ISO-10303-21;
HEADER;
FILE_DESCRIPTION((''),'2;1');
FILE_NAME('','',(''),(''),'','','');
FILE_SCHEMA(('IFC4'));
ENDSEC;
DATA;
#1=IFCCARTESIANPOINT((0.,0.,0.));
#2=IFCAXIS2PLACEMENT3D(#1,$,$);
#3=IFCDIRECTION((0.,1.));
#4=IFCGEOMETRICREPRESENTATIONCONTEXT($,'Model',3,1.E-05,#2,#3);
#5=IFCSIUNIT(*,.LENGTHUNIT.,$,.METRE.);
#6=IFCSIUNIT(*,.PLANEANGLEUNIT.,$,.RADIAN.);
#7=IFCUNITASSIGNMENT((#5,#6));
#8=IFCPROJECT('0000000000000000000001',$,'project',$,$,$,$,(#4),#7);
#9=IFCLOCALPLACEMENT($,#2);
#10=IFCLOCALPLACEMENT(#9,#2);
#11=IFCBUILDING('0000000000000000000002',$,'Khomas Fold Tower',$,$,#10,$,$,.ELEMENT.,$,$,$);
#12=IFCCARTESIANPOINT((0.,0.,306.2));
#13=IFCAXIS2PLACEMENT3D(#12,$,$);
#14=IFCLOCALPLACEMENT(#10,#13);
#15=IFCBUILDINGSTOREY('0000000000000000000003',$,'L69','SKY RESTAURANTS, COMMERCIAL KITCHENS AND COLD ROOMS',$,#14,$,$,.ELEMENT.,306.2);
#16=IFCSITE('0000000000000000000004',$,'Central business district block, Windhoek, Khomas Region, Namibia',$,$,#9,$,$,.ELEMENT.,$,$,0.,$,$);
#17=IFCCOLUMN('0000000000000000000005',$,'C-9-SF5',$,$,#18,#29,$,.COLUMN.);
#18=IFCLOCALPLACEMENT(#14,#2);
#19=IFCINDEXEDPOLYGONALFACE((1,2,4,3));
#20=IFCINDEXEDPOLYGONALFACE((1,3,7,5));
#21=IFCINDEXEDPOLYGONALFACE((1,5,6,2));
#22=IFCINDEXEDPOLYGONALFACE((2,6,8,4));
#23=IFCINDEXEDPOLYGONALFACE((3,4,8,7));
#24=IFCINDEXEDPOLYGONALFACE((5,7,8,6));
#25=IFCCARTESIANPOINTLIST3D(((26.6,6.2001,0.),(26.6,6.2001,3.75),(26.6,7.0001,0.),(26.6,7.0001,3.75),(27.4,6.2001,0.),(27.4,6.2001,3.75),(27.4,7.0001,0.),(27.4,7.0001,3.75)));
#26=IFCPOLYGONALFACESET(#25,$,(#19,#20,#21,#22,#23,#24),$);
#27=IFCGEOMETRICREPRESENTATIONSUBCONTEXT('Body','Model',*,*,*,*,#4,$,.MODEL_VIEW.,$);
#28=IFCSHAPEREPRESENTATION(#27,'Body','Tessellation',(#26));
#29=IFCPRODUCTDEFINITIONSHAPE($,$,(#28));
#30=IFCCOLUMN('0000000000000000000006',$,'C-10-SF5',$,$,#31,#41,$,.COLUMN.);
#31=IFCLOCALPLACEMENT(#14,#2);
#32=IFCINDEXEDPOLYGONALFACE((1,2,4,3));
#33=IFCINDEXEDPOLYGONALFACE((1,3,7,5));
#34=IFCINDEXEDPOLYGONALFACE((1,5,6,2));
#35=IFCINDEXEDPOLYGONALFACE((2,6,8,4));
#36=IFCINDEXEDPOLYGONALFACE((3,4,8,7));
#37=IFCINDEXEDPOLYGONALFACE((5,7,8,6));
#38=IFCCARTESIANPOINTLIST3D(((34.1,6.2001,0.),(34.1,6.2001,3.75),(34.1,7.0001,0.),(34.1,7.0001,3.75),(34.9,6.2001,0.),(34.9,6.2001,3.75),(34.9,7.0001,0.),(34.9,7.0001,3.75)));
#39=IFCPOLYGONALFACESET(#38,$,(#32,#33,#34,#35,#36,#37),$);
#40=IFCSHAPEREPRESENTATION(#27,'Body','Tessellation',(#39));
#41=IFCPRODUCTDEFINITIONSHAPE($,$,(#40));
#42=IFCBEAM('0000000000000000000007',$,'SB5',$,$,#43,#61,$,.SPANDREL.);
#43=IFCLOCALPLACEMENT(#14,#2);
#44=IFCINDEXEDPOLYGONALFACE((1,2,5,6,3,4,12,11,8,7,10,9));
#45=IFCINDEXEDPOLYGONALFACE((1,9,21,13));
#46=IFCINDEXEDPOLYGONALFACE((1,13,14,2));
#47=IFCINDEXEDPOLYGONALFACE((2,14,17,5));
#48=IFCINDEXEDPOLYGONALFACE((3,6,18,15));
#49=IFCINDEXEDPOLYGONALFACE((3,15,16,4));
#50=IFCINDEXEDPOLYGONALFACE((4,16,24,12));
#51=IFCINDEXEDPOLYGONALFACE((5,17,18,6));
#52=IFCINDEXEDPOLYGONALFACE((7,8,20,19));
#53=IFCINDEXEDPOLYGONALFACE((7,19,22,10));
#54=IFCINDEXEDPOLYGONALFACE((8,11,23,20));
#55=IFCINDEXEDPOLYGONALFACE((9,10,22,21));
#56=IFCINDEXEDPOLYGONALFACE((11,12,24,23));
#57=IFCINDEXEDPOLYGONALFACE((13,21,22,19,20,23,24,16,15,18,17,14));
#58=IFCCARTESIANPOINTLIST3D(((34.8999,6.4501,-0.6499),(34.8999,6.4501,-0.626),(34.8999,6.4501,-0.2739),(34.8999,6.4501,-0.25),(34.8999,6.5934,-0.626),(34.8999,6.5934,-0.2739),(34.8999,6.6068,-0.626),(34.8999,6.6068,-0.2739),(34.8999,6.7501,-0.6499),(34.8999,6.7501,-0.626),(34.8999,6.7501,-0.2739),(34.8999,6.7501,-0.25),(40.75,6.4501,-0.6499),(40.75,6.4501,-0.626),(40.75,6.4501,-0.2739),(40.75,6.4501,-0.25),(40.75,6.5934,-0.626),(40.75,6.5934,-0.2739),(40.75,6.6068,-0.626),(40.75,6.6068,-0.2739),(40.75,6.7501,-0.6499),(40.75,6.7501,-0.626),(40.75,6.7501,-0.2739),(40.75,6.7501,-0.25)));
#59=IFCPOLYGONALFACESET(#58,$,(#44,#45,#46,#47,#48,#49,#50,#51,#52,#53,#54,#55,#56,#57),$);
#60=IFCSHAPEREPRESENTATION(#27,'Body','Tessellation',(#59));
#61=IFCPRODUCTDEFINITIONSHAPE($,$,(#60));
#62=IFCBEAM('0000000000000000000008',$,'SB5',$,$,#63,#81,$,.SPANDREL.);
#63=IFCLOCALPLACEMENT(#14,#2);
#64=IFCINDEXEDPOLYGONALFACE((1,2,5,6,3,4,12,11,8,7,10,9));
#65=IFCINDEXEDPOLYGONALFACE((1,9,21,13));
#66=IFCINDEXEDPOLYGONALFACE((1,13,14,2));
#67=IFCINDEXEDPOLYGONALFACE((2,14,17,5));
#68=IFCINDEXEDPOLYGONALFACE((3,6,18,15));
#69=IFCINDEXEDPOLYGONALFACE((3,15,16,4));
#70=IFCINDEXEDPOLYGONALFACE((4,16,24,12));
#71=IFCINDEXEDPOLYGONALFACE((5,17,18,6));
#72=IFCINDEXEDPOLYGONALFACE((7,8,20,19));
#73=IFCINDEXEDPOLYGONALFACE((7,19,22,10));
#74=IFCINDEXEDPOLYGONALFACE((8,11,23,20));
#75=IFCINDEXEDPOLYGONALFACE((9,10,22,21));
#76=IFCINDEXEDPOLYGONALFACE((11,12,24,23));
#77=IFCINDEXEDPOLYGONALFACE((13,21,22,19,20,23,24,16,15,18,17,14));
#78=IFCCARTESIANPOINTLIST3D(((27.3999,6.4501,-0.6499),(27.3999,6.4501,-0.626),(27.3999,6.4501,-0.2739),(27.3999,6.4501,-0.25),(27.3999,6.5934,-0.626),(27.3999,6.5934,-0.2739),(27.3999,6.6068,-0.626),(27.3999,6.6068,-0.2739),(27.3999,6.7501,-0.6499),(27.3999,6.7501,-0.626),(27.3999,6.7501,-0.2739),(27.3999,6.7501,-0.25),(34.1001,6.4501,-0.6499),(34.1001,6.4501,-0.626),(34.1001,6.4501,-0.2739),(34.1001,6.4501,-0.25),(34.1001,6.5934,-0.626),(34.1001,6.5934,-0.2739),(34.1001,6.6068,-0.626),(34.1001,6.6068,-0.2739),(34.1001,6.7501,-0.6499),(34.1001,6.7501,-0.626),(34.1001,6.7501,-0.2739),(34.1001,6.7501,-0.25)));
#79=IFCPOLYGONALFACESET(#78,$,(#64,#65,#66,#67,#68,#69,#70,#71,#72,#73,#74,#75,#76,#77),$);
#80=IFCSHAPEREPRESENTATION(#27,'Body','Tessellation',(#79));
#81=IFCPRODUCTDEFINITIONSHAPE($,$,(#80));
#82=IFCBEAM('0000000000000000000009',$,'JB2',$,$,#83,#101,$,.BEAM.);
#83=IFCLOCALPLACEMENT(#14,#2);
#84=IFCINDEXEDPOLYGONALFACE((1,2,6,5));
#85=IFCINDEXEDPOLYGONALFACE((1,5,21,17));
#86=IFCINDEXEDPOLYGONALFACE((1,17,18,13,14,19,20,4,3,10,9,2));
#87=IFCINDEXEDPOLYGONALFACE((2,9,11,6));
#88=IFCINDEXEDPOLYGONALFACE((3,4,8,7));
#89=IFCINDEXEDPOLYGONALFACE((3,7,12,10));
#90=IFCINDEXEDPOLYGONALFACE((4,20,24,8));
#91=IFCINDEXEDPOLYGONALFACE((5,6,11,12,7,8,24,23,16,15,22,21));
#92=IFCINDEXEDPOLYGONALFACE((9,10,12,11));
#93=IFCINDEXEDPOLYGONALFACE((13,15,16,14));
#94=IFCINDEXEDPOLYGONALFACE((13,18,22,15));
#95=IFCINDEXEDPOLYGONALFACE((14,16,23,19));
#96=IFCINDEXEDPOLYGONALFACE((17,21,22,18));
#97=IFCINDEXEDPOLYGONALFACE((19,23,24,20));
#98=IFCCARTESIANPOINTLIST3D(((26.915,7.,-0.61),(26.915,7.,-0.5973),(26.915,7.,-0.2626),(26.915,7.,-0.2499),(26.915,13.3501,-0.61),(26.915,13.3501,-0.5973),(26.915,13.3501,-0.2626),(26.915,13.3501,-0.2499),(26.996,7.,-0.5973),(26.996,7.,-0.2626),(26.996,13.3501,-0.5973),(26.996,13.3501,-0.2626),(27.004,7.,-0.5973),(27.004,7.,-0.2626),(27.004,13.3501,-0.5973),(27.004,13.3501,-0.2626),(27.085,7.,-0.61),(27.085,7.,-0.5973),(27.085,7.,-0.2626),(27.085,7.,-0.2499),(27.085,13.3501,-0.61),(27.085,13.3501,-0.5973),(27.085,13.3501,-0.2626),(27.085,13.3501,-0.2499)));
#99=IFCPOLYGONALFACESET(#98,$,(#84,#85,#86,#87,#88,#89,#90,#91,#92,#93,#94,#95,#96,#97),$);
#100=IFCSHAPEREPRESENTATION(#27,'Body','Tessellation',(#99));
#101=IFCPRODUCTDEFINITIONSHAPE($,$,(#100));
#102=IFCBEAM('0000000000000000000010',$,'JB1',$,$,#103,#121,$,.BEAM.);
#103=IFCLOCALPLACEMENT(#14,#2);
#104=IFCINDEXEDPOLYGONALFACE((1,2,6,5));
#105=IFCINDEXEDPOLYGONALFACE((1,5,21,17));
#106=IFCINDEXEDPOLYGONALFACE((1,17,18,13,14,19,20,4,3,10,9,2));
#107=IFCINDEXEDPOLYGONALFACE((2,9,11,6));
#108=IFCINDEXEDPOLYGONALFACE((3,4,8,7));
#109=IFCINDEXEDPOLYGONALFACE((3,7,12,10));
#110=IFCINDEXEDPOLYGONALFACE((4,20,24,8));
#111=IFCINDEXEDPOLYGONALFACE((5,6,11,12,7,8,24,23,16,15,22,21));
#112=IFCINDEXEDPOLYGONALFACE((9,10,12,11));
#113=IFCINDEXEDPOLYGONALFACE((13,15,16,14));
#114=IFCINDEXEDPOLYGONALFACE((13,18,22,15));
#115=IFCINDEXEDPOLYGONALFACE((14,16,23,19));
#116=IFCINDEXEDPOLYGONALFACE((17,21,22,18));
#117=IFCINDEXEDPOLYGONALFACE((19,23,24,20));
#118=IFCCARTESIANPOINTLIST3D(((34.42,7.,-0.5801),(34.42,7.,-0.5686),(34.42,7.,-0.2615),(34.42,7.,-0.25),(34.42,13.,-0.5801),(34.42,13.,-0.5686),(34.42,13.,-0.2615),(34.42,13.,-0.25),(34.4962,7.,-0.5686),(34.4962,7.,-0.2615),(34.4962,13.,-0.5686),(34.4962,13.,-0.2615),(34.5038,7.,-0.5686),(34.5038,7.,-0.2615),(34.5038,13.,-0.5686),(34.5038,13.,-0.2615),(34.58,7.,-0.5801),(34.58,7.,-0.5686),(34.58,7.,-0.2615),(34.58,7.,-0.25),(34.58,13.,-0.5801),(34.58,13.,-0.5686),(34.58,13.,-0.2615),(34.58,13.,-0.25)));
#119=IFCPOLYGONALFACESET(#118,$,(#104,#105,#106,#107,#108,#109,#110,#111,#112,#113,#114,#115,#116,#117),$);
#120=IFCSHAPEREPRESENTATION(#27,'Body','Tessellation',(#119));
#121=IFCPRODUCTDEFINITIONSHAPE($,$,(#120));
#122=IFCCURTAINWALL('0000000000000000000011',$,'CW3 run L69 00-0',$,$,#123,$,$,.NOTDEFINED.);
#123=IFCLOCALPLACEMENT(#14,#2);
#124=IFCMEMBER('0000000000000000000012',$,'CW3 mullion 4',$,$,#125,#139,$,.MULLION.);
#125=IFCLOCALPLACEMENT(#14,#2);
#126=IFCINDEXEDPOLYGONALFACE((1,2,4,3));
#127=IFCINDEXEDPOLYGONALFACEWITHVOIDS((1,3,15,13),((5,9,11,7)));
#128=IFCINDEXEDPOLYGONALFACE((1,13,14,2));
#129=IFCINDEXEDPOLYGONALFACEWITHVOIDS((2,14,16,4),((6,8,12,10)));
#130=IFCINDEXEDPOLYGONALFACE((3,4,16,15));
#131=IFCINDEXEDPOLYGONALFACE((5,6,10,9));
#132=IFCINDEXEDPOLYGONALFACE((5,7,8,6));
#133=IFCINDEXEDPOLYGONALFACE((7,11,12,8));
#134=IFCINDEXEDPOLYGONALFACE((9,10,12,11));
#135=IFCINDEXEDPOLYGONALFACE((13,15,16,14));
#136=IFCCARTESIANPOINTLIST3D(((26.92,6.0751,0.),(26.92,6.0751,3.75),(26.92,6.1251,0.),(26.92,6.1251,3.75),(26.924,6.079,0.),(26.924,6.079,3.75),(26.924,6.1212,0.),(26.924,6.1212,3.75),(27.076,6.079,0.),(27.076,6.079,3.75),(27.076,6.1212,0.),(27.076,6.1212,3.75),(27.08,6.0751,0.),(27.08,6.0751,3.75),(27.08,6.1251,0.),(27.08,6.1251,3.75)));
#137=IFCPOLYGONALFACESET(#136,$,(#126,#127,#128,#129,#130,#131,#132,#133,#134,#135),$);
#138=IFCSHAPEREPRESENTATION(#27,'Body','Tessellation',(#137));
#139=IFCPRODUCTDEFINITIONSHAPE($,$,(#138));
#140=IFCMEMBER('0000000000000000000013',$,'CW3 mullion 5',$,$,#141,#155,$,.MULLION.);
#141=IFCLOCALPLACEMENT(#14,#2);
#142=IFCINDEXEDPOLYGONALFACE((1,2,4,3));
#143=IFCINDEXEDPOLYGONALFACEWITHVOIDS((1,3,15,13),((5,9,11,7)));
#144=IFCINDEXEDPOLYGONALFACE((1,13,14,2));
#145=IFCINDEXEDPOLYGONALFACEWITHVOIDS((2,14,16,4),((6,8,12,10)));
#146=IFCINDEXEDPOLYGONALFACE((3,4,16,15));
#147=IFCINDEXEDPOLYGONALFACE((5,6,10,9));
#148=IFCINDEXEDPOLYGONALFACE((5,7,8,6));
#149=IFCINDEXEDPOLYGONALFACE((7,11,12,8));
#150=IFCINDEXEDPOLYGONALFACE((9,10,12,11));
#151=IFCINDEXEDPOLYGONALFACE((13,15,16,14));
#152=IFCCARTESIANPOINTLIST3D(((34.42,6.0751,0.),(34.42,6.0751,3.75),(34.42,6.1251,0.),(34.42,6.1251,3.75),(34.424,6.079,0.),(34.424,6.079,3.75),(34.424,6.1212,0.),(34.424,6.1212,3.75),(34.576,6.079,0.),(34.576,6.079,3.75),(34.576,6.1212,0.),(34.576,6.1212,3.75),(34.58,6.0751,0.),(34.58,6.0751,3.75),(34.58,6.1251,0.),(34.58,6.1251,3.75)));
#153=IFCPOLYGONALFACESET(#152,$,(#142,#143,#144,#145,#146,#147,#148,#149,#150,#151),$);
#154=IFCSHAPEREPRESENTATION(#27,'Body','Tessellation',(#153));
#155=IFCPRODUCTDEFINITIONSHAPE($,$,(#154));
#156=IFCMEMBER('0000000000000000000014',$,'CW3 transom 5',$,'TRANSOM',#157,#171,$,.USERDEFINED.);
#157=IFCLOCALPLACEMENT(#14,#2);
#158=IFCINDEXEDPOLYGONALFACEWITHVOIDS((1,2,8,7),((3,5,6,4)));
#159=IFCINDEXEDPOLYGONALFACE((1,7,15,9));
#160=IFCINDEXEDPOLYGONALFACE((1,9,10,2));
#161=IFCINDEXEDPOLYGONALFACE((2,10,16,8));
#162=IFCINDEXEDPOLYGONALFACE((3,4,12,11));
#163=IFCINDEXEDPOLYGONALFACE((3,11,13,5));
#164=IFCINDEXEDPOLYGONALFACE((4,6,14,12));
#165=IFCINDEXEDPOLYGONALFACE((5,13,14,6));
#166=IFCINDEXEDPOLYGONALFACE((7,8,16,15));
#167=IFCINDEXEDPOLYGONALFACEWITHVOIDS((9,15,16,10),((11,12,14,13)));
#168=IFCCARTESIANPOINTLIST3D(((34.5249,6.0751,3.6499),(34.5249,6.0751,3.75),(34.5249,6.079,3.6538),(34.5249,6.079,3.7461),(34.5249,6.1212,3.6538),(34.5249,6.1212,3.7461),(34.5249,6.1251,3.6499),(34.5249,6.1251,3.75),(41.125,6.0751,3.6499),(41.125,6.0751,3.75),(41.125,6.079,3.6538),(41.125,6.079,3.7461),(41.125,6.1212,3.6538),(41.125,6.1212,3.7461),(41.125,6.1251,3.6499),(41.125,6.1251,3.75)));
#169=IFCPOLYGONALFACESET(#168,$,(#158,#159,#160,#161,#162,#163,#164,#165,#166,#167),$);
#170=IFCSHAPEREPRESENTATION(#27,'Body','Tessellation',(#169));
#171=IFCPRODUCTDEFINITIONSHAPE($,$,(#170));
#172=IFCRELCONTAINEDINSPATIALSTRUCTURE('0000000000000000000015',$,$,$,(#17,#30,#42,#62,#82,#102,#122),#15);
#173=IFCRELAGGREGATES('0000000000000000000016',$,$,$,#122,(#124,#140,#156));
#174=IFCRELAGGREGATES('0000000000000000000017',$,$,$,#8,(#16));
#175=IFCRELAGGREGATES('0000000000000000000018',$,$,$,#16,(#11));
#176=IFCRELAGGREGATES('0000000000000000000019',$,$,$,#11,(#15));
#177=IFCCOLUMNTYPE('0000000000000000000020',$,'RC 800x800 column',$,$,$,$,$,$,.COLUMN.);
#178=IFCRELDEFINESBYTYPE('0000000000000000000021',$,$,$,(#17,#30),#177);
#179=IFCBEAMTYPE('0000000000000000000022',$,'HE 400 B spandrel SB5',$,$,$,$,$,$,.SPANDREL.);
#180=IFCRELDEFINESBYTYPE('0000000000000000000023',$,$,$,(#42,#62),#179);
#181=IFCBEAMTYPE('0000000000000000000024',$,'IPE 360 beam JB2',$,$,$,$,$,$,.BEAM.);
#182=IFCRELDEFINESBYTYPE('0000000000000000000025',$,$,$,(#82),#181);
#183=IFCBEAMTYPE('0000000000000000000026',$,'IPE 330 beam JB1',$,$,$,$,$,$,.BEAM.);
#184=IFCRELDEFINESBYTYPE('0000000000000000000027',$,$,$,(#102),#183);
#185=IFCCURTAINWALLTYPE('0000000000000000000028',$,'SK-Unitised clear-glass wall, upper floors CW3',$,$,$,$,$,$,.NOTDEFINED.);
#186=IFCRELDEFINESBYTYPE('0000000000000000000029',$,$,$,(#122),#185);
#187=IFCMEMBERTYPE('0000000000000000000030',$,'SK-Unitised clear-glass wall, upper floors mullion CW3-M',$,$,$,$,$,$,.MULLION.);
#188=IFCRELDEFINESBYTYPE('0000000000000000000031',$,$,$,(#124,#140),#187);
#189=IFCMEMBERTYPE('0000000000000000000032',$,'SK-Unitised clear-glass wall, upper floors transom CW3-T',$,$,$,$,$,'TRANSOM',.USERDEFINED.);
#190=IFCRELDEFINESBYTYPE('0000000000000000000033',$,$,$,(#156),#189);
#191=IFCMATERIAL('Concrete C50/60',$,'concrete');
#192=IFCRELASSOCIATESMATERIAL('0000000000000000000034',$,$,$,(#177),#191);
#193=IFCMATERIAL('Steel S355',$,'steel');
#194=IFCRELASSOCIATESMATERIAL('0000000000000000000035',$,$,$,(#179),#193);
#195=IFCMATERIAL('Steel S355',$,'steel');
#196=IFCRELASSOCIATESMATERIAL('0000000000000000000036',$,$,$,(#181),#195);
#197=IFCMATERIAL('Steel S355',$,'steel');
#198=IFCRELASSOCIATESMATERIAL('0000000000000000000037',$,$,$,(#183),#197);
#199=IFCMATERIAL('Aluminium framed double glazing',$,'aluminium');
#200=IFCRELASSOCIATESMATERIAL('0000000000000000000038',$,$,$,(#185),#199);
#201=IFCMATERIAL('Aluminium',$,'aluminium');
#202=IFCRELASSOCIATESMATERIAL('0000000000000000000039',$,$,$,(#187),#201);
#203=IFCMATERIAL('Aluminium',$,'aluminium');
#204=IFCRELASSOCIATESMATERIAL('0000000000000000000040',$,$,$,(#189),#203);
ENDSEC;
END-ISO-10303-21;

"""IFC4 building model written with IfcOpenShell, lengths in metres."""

from ifc_helpers import new_model, si_unit, direction, frame, origin, origin_2d, place, context, subcontext, project, spatial, rectangle, hollow_rectangle, i_section, extrude, source, transform, mapped, material, material_profile, profile_set, type_object, element, aggregate, save


model = new_model("IFC4")

# Units and contexts
model_context = context("Model", 3, precision=1e-05, world=origin(), true_north=direction((0.0, 1.0)))
body_context = subcontext(model_context, "Body", "Model", "MODEL_VIEW")
ifc_project = project(units=[si_unit("LENGTHUNIT", "METRE"), si_unit("PLANEANGLEUNIT", "RADIAN")], contexts=[model_context])

# Site, building, storey
site_placement = place(None, origin())
site = spatial("IfcSite", under=ifc_project, at=site_placement, Name="Central business district block, Windhoek, Khomas Region, Namibia", CompositionType="ELEMENT", RefElevation=0.0)
building_placement = place(site_placement, origin())
building = spatial("IfcBuilding", under=site, at=building_placement, Name="Khomas Fold Tower", CompositionType="ELEMENT")
storey_placement = place(building_placement, frame((0.0, 0.0, 306.2)))
storey = spatial("IfcBuildingStorey", under=building, at=storey_placement, Name="L69", Description="SKY RESTAURANTS, COMMERCIAL KITCHENS AND COLD ROOMS", CompositionType="ELEMENT", Elevation=306.2)

# Columns
ifc_material_1 = material(Name="Concrete C50/60", Category="concrete")
ifc_material_profile_1 = material_profile(ifc_material_1, rectangle(XDim=0.8, YDim=0.8, at=origin_2d()), Name="RC 800x800")
ifc_profile_set_1 = profile_set([ifc_material_profile_1], Name="Concrete C50/60")
column_type = type_object("IfcColumnType", Name="RC 800x800 column", PredefinedType="COLUMN", material=ifc_profile_set_1)
shared_shape_1 = source(origin(), body_context, "Body", "SweptSolid", [
    extrude(rectangle(XDim=0.8, YDim=0.8, at=origin_2d()), origin(), (0.0, 0.0, 1.0), 3.75),
])
for number, where, z_axis, x_axis, name in (
    (1, (27.0, 6.6001, 0.0), (0.0, 0.0, 1.0), (1.0, 0.0, 0.0), "C-9-SF5"),
    (2, (34.5, 6.6001, 0.0), (0.0, 0.0, 1.0), (1.0, 0.0, 0.0), "C-10-SF5"),
):
    element("IfcColumn", number, at=place(storey_placement, frame(where, z_axis=z_axis, x_axis=x_axis)), inside=storey, type_object=column_type, Name=name, PredefinedType="COLUMN", context=body_context, shape_type="MappedRepresentation", body=[
        mapped(shared_shape_1, transform((0.0, 0.0, 0.0))),
    ])

# Beams
ifc_material_2 = material(Name="Steel S355", Category="steel")
ifc_material_profile_2 = material_profile(ifc_material_2, i_section(OverallWidth=0.3, OverallDepth=0.3999, WebThickness=0.0134, FlangeThickness=0.0239, at=origin_2d()), Name="HE 400 B")
ifc_profile_set_2 = profile_set([ifc_material_profile_2], Name="Steel S355")
beam_type_1 = type_object("IfcBeamType", Name="HE 400 B spandrel SB5", PredefinedType="SPANDREL", material=ifc_profile_set_2)
shared_shape_2 = source(origin(), body_context, "Body", "SweptSolid", [
    extrude(i_section(OverallWidth=0.3, OverallDepth=0.3999, WebThickness=0.0134, FlangeThickness=0.0239, at=origin_2d()), origin(), (0.0, 0.0, 1.0), 5.8501),
])
beam_1_placement = place(storey_placement, frame((34.8999, 6.6001, -0.45), z_axis=(1.0, 0.0, 0.0), x_axis=(0.0, 1.0, 0.0)))
element("IfcBeam", 3, at=beam_1_placement, inside=storey, type_object=beam_type_1, Name="SB5", PredefinedType="SPANDREL", context=body_context, shape_type="MappedRepresentation", body=[
    mapped(shared_shape_2, transform((0.0, 0.0, 0.0))),
])
shared_shape_3 = source(origin(), body_context, "Body", "SweptSolid", [
    extrude(i_section(OverallWidth=0.3, OverallDepth=0.3999, WebThickness=0.0134, FlangeThickness=0.0239, at=origin_2d()), origin(), (0.0, 0.0, 1.0), 6.7002),
])
beam_2_placement = place(storey_placement, frame((27.3999, 6.6001, -0.45), z_axis=(1.0, 0.0, 0.0), x_axis=(0.0, 1.0, 0.0)))
element("IfcBeam", 4, at=beam_2_placement, inside=storey, type_object=beam_type_1, Name="SB5", PredefinedType="SPANDREL", context=body_context, shape_type="MappedRepresentation", body=[
    mapped(shared_shape_3, transform((0.0, 0.0, 0.0))),
])
ifc_material_3 = material(Name="Steel S355", Category="steel")
ifc_material_profile_3 = material_profile(ifc_material_3, i_section(OverallWidth=0.1699, OverallDepth=0.3601, WebThickness=0.0081, FlangeThickness=0.0127, at=origin_2d()), Name="IPE 360")
ifc_profile_set_3 = profile_set([ifc_material_profile_3], Name="Steel S355")
beam_type_2 = type_object("IfcBeamType", Name="IPE 360 beam JB2", PredefinedType="BEAM", material=ifc_profile_set_3)
shared_shape_4 = source(origin(), body_context, "Body", "SweptSolid", [
    extrude(i_section(OverallWidth=0.1699, OverallDepth=0.3601, WebThickness=0.0081, FlangeThickness=0.0127, at=origin_2d()), origin(), (0.0, 0.0, 1.0), 6.3501),
])
beam_3_placement = place(storey_placement, frame((27.0, 7.0, -0.4299), z_axis=(0.0, 1.0, 0.0), x_axis=(-1.0, 0.0, 0.0)))
element("IfcBeam", 5, at=beam_3_placement, inside=storey, type_object=beam_type_2, Name="JB2", PredefinedType="BEAM", context=body_context, shape_type="MappedRepresentation", body=[
    mapped(shared_shape_4, transform((0.0, 0.0, 0.0))),
])
ifc_material_4 = material(Name="Steel S355", Category="steel")
ifc_material_profile_4 = material_profile(ifc_material_4, i_section(OverallWidth=0.1599, OverallDepth=0.3301, WebThickness=0.0076, FlangeThickness=0.0115, at=origin_2d()), Name="IPE 330")
ifc_profile_set_4 = profile_set([ifc_material_profile_4], Name="Steel S355")
beam_type_3 = type_object("IfcBeamType", Name="IPE 330 beam JB1", PredefinedType="BEAM", material=ifc_profile_set_4)
shared_shape_5 = source(origin(), body_context, "Body", "SweptSolid", [
    extrude(i_section(OverallWidth=0.1599, OverallDepth=0.3301, WebThickness=0.0076, FlangeThickness=0.0115, at=origin_2d()), origin(), (0.0, 0.0, 1.0), 6.0),
])
beam_4_placement = place(storey_placement, frame((34.5, 7.0, -0.415), z_axis=(0.0, 1.0, 0.0), x_axis=(-1.0, 0.0, 0.0)))
element("IfcBeam", 6, at=beam_4_placement, inside=storey, type_object=beam_type_3, Name="JB1", PredefinedType="BEAM", context=body_context, shape_type="MappedRepresentation", body=[
    mapped(shared_shape_5, transform((0.0, 0.0, 0.0))),
])

# Curtain wall, members
ifc_material_5 = material(Name="Aluminium framed double glazing", Category="aluminium")
curtain_wall_type = type_object("IfcCurtainWallType", Name="SK-Unitised clear-glass wall, upper floors CW3", PredefinedType="NOTDEFINED", material=ifc_material_5)
curtain_wall_placement = place(storey_placement, origin())
curtain_wall = element("IfcCurtainWall", 7, at=curtain_wall_placement, inside=storey, type_object=curtain_wall_type, Name="CW3 run L69 00-0", PredefinedType="NOTDEFINED")
ifc_material_6 = material(Name="Aluminium", Category="aluminium")
ifc_material_profile_5 = material_profile(ifc_material_6, hollow_rectangle(XDim=0.05, YDim=0.1599, WallThickness=0.0039, at=origin_2d()), Name="SK-Unitised clear-glass wall, upper floors mullion CW3-M")
ifc_profile_set_5 = profile_set([ifc_material_profile_5], Name="Aluminium")
member_type_1 = type_object("IfcMemberType", Name="SK-Unitised clear-glass wall, upper floors mullion CW3-M", PredefinedType="MULLION", material=ifc_profile_set_5)
shared_shape_6 = source(origin(), body_context, "Body", "SweptSolid", [
    extrude(hollow_rectangle(XDim=0.05, YDim=0.1599, WallThickness=0.0039, at=origin_2d()), origin(), (0.0, 0.0, 1.0), 3.75),
])
member_1_placement = place(storey_placement, frame((27.0, 6.1001, 0.0), z_axis=(0.0, 0.0, 1.0), x_axis=(0.0, 1.0, 0.0)))
member_1 = element("IfcMember", 8, at=member_1_placement, type_object=member_type_1, Name="CW3 mullion 4", PredefinedType="MULLION", context=body_context, shape_type="MappedRepresentation", body=[
    mapped(shared_shape_6, transform((0.0, 0.0, 0.0))),
])
member_2_placement = place(storey_placement, frame((34.5, 6.1001, 0.0), z_axis=(0.0, 0.0, 1.0), x_axis=(0.0, 1.0, 0.0)))
member_2 = element("IfcMember", 9, at=member_2_placement, type_object=member_type_1, Name="CW3 mullion 5", PredefinedType="MULLION", context=body_context, shape_type="MappedRepresentation", body=[
    mapped(shared_shape_6, transform((0.0, 0.0, 0.0))),
])
ifc_material_7 = material(Name="Aluminium", Category="aluminium")
ifc_material_profile_6 = material_profile(ifc_material_7, hollow_rectangle(XDim=0.05, YDim=0.1001, WallThickness=0.0039, at=origin_2d()), Name="SK-Unitised clear-glass wall, upper floors transom CW3-T")
ifc_profile_set_6 = profile_set([ifc_material_profile_6], Name="Aluminium")
member_type_2 = type_object("IfcMemberType", Name="SK-Unitised clear-glass wall, upper floors transom CW3-T", ElementType="TRANSOM", PredefinedType="USERDEFINED", material=ifc_profile_set_6)
shared_shape_7 = source(origin(), body_context, "Body", "SweptSolid", [
    extrude(hollow_rectangle(XDim=0.05, YDim=0.1001, WallThickness=0.0039, at=origin_2d()), origin(), (0.0, 0.0, 1.0), 6.6001),
])
member_3_placement = place(storey_placement, frame((34.5249, 6.1001, 3.7), z_axis=(1.0, 0.0, 0.0), x_axis=(0.0, 1.0, 0.0)))
member_3 = element("IfcMember", 10, at=member_3_placement, type_object=member_type_2, Name="CW3 transom 5", ObjectType="TRANSOM", PredefinedType="USERDEFINED", context=body_context, shape_type="MappedRepresentation", body=[
    mapped(shared_shape_7, transform((0.0, 0.0, 0.0))),
])

aggregate(curtain_wall, [member_1, member_2, member_3])

save(model, "model.ifc")
